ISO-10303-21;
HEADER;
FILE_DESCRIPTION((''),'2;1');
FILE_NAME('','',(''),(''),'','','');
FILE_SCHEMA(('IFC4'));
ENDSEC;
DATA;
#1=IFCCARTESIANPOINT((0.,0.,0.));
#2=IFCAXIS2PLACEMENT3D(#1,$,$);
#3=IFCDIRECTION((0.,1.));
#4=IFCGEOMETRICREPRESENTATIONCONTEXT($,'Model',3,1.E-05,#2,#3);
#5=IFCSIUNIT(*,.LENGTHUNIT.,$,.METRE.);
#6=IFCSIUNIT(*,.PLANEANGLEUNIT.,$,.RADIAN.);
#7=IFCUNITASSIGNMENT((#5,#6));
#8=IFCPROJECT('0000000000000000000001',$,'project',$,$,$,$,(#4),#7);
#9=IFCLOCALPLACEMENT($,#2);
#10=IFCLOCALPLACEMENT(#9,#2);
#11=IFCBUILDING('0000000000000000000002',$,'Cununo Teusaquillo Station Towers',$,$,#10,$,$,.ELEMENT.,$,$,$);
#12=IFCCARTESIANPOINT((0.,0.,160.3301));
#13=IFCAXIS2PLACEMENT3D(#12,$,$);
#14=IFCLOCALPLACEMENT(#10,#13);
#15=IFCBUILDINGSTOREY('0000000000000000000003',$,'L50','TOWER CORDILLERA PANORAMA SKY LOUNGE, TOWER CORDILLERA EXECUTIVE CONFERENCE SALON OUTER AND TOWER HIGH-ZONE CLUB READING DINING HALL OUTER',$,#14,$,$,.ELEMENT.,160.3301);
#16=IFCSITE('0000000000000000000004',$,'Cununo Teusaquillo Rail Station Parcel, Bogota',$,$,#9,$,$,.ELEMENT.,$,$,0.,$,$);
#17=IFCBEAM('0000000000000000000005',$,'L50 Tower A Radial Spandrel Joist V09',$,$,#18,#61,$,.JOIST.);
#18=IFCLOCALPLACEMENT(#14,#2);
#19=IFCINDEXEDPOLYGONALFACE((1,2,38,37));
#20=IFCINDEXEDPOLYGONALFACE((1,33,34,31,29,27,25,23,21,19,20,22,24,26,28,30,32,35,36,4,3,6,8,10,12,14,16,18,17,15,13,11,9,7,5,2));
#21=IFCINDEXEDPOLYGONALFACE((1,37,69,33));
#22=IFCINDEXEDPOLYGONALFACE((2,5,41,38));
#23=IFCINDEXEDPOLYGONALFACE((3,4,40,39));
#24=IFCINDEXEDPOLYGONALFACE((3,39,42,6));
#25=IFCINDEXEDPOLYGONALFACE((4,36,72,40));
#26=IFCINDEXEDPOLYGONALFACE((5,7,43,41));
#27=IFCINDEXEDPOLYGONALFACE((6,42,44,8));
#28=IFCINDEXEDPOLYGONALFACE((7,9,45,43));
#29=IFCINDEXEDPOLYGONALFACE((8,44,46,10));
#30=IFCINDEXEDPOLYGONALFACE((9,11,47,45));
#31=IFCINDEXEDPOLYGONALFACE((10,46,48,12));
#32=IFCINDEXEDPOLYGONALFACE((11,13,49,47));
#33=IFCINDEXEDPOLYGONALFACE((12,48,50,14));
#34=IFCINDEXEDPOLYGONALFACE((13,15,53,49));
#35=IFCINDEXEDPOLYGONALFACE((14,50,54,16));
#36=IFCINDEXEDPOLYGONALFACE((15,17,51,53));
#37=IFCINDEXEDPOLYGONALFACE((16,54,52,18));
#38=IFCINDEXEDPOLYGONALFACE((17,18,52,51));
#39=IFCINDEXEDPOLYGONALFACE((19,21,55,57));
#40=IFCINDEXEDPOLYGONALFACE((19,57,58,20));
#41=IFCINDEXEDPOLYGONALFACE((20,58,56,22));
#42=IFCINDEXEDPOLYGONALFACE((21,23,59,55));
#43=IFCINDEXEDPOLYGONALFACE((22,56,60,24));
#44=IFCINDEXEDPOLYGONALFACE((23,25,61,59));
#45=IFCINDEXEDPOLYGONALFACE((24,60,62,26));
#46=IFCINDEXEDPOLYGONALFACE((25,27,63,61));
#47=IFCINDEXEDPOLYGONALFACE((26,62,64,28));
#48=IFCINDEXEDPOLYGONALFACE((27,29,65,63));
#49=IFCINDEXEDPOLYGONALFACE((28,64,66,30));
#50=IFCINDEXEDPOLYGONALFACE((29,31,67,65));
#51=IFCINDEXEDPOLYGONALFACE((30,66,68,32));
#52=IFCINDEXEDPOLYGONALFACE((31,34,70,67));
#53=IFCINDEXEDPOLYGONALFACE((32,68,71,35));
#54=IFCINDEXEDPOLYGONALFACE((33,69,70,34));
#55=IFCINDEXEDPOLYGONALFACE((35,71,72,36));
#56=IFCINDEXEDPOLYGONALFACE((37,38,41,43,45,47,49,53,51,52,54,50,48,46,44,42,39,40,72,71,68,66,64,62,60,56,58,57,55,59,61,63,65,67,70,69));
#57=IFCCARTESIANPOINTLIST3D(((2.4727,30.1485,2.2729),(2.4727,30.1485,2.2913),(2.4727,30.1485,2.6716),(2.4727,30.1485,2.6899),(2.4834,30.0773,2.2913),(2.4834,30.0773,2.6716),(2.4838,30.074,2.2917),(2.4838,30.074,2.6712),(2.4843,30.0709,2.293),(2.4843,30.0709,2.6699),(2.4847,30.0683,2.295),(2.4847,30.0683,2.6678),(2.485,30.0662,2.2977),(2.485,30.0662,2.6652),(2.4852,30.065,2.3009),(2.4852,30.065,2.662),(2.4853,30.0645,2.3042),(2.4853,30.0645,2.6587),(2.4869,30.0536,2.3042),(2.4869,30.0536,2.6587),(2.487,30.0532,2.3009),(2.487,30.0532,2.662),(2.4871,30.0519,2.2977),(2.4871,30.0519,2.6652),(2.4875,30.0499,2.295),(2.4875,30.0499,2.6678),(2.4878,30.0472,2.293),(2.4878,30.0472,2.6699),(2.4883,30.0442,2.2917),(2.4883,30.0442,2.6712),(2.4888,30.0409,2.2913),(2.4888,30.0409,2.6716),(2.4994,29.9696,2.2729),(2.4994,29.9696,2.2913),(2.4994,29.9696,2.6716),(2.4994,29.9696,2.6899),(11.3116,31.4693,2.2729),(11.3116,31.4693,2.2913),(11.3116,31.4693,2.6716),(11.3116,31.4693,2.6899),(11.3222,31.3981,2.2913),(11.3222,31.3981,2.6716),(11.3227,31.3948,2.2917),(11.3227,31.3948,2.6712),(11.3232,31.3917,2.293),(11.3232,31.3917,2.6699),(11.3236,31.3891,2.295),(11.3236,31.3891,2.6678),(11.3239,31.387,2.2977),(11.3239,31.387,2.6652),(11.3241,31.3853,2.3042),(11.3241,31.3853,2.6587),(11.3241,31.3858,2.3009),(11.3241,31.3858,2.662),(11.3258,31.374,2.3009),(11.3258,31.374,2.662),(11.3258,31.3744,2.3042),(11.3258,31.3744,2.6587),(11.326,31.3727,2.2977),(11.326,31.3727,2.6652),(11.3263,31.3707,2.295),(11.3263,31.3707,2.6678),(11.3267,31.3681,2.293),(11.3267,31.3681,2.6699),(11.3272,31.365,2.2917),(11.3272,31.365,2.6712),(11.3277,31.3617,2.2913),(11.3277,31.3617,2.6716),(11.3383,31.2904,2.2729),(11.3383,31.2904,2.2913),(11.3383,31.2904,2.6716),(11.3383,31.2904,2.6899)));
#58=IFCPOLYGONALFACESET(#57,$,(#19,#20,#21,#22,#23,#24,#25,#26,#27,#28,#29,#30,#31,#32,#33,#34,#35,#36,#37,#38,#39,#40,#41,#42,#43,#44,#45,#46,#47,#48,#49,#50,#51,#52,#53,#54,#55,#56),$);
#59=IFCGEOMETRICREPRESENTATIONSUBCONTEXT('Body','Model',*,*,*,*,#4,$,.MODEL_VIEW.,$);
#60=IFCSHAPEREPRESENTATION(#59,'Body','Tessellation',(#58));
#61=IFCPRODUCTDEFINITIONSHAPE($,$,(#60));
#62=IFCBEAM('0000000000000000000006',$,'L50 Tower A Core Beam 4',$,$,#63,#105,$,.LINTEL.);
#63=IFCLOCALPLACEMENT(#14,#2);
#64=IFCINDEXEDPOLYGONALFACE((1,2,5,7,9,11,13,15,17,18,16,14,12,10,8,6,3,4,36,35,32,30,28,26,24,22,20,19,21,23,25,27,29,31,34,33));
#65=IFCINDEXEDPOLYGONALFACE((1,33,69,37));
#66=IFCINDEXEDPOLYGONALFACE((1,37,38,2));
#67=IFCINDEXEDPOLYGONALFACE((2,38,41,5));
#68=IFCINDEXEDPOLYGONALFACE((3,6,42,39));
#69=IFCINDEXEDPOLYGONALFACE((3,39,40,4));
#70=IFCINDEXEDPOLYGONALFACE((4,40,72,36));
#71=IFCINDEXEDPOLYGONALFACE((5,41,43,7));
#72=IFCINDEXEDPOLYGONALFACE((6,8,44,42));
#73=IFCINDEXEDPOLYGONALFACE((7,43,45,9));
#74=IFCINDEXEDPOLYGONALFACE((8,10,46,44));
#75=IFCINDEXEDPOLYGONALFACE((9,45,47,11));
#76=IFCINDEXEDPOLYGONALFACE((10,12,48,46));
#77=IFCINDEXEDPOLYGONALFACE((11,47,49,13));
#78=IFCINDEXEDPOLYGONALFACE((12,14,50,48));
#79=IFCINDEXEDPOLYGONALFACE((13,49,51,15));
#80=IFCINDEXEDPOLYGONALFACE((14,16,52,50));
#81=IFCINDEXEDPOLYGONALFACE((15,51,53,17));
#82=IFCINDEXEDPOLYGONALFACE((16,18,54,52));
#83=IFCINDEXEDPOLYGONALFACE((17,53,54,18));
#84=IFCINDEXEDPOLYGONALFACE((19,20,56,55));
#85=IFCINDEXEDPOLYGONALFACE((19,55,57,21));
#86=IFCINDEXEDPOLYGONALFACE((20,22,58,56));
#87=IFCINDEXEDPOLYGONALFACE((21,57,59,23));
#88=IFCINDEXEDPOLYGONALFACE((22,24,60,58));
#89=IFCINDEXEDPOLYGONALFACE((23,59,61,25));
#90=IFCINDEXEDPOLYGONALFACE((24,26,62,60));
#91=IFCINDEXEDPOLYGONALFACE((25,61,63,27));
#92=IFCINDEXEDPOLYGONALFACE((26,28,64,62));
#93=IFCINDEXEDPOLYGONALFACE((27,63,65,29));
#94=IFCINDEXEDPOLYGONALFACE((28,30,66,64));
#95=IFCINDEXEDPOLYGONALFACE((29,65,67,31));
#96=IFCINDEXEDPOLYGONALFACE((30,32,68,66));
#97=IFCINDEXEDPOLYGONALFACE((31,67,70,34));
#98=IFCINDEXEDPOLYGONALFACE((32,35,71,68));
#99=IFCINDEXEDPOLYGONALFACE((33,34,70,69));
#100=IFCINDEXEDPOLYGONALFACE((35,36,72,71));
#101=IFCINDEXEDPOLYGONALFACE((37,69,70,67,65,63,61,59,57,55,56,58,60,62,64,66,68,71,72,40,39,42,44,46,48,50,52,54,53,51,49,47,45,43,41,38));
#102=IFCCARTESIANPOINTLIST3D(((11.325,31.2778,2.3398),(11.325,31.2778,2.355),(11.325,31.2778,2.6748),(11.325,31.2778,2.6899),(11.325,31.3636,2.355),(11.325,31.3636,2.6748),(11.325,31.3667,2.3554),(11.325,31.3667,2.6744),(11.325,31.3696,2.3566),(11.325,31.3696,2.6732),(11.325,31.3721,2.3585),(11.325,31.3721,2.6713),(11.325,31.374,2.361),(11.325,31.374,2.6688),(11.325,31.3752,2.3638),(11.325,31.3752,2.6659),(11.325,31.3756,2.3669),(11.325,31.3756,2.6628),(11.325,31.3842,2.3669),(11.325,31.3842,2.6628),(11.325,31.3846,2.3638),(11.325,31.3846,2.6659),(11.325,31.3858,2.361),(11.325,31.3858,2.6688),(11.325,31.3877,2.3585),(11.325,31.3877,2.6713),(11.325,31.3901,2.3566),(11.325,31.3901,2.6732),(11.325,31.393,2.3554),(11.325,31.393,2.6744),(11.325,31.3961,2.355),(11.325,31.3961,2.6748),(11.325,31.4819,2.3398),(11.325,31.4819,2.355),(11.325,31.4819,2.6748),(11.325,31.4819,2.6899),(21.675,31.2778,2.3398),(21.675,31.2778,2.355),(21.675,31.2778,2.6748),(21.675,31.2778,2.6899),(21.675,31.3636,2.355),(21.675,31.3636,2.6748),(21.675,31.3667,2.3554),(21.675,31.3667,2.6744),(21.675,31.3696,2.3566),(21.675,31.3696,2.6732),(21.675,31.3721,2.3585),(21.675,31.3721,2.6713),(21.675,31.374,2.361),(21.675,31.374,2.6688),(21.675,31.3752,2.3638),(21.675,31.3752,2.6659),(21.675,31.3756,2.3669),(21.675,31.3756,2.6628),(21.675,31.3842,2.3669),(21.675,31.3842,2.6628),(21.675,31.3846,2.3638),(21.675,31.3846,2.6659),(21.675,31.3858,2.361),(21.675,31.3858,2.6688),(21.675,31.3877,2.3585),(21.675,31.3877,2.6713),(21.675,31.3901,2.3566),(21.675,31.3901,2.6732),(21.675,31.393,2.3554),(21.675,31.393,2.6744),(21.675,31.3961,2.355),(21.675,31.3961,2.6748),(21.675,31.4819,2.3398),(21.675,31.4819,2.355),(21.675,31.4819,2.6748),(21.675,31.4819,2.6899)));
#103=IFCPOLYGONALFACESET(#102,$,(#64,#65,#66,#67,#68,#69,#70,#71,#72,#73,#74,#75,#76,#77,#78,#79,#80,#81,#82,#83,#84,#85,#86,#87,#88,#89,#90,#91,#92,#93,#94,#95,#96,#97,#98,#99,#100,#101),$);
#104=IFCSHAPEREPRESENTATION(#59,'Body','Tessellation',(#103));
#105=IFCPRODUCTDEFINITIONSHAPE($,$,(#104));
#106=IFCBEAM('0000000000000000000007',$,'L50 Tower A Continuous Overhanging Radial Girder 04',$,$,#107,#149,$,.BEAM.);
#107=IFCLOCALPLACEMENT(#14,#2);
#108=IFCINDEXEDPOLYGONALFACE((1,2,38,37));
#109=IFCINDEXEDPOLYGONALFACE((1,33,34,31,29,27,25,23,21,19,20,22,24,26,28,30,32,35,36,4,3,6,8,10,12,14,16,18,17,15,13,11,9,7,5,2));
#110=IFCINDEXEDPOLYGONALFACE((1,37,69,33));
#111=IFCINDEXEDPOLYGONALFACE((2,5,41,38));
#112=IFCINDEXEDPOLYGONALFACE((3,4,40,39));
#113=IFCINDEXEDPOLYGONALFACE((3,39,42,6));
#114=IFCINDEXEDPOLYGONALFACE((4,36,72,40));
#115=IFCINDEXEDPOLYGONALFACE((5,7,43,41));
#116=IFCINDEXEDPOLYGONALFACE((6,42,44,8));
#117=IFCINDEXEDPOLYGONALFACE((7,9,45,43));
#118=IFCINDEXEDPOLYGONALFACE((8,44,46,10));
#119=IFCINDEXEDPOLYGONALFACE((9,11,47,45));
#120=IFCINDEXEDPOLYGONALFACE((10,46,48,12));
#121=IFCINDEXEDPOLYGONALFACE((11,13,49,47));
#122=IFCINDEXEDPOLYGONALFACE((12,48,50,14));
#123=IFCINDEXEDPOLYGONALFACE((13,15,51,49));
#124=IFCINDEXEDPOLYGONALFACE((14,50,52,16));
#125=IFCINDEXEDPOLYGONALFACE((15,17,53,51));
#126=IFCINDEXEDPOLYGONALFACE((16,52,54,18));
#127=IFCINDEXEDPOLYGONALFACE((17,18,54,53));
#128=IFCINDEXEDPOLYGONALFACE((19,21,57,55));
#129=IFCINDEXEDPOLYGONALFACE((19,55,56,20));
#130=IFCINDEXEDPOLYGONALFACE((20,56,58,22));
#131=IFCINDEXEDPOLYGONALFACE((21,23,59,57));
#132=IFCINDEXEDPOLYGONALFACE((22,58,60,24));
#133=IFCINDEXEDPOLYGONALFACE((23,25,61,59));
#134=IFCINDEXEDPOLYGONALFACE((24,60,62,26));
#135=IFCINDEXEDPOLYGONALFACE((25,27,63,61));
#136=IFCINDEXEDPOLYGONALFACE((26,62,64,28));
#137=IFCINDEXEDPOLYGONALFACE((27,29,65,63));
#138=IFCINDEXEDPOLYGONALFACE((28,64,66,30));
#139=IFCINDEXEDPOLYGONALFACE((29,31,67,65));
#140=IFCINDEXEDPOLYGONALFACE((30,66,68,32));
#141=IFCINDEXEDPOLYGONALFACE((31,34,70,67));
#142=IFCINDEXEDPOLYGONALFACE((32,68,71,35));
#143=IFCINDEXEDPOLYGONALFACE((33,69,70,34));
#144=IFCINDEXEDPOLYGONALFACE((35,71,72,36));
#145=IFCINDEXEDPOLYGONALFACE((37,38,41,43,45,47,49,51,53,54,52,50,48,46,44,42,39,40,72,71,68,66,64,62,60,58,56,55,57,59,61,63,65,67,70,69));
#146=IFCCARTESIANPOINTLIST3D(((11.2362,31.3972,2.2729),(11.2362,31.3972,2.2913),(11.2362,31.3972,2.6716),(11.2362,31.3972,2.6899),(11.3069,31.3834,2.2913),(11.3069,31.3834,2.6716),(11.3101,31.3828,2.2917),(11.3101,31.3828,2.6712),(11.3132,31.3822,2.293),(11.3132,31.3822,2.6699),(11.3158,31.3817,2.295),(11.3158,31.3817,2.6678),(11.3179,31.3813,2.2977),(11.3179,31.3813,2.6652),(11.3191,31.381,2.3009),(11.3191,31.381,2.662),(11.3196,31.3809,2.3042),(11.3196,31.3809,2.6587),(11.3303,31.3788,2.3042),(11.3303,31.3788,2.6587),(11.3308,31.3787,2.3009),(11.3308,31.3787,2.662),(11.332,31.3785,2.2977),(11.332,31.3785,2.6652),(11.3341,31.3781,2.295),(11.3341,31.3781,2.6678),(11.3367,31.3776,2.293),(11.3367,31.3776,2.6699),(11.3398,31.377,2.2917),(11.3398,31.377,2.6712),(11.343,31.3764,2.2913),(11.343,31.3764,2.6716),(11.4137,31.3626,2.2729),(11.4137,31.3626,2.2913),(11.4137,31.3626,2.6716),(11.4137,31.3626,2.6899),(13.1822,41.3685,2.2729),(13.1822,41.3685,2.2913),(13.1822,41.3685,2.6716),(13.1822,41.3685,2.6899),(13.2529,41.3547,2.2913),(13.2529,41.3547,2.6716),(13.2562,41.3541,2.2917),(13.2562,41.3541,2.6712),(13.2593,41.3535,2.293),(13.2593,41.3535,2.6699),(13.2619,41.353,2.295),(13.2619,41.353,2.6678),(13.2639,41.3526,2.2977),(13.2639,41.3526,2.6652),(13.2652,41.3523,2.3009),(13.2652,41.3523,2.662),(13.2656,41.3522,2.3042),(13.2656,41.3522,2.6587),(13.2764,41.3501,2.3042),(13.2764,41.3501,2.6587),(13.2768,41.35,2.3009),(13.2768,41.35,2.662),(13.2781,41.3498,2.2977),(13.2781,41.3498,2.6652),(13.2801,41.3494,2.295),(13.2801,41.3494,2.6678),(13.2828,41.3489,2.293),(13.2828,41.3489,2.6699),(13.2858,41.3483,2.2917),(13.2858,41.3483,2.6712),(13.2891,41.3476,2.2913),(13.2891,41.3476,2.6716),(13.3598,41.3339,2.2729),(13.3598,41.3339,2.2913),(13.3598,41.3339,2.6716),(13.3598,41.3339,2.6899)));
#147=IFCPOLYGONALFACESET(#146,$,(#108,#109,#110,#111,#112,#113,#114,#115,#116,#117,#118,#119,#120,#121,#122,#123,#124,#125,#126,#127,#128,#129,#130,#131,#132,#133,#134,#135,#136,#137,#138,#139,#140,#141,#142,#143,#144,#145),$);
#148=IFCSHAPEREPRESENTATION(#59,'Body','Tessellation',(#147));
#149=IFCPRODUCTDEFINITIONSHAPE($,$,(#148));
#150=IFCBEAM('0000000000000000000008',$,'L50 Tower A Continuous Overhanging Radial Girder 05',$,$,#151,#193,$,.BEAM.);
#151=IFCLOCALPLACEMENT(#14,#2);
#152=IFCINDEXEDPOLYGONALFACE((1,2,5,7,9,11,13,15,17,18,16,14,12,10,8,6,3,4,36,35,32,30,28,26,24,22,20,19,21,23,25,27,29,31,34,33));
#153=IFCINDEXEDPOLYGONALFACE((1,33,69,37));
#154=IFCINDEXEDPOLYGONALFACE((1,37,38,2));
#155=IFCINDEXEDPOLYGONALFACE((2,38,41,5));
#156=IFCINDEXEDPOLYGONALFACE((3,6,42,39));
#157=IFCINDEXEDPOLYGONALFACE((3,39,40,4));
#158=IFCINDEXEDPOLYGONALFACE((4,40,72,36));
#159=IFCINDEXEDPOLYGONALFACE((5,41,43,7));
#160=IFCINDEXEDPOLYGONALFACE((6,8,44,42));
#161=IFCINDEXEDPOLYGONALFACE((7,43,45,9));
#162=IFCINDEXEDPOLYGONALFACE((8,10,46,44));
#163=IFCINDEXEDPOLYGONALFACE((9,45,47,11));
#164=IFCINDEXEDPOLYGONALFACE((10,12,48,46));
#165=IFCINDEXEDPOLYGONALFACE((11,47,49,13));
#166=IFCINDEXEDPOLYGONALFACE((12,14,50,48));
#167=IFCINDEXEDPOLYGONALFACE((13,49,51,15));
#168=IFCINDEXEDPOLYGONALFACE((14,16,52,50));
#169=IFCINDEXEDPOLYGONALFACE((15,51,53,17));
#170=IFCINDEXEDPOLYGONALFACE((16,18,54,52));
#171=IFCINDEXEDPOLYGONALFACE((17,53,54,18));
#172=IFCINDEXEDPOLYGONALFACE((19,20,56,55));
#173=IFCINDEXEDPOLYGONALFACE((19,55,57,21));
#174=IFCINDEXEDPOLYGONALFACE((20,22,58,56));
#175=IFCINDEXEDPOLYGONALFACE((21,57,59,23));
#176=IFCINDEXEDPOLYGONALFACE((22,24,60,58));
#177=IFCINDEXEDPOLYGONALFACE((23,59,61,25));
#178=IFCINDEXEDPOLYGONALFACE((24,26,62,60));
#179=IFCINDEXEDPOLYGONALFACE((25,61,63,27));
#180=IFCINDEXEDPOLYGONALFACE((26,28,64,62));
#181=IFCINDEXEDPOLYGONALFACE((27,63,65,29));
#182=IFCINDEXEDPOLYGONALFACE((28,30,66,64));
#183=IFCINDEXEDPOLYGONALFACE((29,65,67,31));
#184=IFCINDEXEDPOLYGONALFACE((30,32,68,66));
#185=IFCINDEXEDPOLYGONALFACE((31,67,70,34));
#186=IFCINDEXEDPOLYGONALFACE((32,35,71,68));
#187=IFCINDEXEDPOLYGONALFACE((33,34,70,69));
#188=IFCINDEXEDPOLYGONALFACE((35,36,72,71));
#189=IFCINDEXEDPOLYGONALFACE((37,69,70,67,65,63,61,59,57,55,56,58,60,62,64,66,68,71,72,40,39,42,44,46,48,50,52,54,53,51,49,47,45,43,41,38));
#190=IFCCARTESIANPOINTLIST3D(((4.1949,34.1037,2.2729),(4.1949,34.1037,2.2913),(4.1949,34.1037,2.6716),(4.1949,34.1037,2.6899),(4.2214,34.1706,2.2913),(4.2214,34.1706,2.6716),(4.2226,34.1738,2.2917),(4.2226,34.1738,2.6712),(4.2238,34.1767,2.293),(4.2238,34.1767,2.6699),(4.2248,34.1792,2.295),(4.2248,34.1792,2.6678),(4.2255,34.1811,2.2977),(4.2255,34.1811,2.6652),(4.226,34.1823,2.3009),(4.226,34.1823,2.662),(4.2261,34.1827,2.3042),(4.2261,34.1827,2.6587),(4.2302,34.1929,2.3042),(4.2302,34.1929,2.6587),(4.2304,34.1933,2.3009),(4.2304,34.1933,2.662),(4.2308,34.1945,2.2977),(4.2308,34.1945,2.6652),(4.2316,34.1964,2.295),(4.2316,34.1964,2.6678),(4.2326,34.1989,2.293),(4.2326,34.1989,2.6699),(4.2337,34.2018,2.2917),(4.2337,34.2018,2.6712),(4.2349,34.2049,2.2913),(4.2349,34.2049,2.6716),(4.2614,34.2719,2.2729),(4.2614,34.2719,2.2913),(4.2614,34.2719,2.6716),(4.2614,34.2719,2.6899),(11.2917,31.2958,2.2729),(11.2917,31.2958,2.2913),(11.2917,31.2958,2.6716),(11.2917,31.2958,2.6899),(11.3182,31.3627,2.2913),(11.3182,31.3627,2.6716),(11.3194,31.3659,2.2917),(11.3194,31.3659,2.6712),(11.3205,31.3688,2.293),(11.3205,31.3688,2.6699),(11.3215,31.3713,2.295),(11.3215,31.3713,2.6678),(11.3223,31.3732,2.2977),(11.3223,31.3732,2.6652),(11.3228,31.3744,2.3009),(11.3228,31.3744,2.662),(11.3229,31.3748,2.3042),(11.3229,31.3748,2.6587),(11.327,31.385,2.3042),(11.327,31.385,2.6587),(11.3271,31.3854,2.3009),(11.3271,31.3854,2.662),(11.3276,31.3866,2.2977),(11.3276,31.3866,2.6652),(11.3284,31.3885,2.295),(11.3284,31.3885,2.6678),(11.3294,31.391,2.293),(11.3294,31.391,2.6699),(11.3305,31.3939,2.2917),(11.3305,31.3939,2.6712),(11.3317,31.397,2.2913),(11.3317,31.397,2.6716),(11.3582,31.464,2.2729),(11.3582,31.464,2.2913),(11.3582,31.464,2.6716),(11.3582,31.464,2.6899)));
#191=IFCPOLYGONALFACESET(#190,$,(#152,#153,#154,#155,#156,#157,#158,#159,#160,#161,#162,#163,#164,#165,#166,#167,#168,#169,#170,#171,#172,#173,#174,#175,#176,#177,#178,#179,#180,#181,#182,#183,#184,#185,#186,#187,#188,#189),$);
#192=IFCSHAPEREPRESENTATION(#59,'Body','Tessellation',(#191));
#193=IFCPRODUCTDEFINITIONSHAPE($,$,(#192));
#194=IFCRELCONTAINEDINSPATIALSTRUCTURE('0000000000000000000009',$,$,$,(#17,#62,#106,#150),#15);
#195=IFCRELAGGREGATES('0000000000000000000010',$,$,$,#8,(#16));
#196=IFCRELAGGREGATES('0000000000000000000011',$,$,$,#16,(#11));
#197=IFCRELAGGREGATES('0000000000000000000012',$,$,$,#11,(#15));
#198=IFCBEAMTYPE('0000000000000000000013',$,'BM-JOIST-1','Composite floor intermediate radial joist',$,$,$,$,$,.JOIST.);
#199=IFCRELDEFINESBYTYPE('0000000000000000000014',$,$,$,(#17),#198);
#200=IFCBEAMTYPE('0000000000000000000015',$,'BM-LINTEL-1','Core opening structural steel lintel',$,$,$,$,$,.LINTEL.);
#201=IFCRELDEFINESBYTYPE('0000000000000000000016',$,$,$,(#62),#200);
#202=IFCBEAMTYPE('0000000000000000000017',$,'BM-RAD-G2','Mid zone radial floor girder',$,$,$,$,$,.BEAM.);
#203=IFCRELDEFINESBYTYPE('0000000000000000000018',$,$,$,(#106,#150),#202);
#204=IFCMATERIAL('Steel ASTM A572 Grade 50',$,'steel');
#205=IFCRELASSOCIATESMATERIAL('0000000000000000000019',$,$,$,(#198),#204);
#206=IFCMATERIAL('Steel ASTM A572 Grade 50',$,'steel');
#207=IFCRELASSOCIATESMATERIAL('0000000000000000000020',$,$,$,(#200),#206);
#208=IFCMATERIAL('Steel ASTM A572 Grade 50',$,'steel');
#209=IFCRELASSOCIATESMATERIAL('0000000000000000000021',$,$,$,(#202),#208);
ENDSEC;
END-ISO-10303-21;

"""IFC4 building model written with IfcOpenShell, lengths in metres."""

from ifc_helpers import new_model, si_unit, direction, frame, origin, origin_2d, place, context, subcontext, project, spatial, i_section, extrude, material, material_profile, profile_set, type_object, element, save


model = new_model("IFC4")

# Units and contexts
model_context = context("Model", 3, precision=1e-05, world=origin(), true_north=direction((0.0, 1.0)))
body_context = subcontext(model_context, "Body", "Model", "MODEL_VIEW")
ifc_project = project(units=[si_unit("LENGTHUNIT", "METRE"), si_unit("PLANEANGLEUNIT", "RADIAN")], contexts=[model_context])

# Site, building, storey
site_placement = place(None, origin())
site = spatial("IfcSite", under=ifc_project, at=site_placement, Name="Cununo Teusaquillo Rail Station Parcel, Bogota", CompositionType="ELEMENT", RefElevation=0.0)
building_placement = place(site_placement, origin())
building = spatial("IfcBuilding", under=site, at=building_placement, Name="Cununo Teusaquillo Station Towers", CompositionType="ELEMENT")
storey_placement = place(building_placement, frame((0.0, 0.0, 160.3301)))
storey = spatial("IfcBuildingStorey", under=building, at=storey_placement, Name="L50", Description="TOWER CORDILLERA PANORAMA SKY LOUNGE, TOWER CORDILLERA EXECUTIVE CONFERENCE SALON OUTER AND TOWER HIGH-ZONE CLUB READING DINING HALL OUTER", CompositionType="ELEMENT", Elevation=160.3301)

# Beams
ifc_material_1 = material(Name="Steel ASTM A572 Grade 50", Category="steel")
ifc_material_profile_1 = material_profile(ifc_material_1, i_section(OverallWidth=0.1809, OverallDepth=0.417, WebThickness=0.011, FlangeThickness=0.0183, FilletRadius=0.0129, at=origin_2d()), Name="W16X57")
ifc_profile_set_1 = profile_set([ifc_material_profile_1], Name="Steel ASTM A572 Grade 50")
beam_type_1 = type_object("IfcBeamType", Name="BM-JOIST-1", Description="Composite floor intermediate radial joist", PredefinedType="JOIST", material=ifc_profile_set_1)
beam_1_placement = place(storey_placement, frame((11.325, 31.3799, 2.4814), z_axis=(-0.989019, -0.14779, 0.0), x_axis=(0.14779, -0.989019, 0.0)))
element("IfcBeam", 1, at=beam_1_placement, inside=storey, type_object=beam_type_1, Name="L50 Tower A Radial Spandrel Joist V09", PredefinedType="JOIST", context=body_context, shape_type="SweptSolid", body=[
    extrude(i_section(OverallWidth=0.1809, OverallDepth=0.417, WebThickness=0.011, FlangeThickness=0.0183, FilletRadius=0.0129, at=origin_2d()), origin(), (0.0, 0.0, 1.0), 8.937),
])
ifc_material_2 = material(Name="Steel ASTM A572 Grade 50", Category="steel")
ifc_material_profile_2 = material_profile(ifc_material_2, i_section(OverallWidth=0.2041, OverallDepth=0.3501, WebThickness=0.0085, FlangeThickness=0.0151, FilletRadius=0.012, at=origin_2d()), Name="W14X48")
ifc_profile_set_2 = profile_set([ifc_material_profile_2], Name="Steel ASTM A572 Grade 50")
beam_type_2 = type_object("IfcBeamType", Name="BM-LINTEL-1", Description="Core opening structural steel lintel", PredefinedType="LINTEL", material=ifc_profile_set_2)
beam_2_placement = place(storey_placement, frame((11.325, 31.3799, 2.5149), z_axis=(1.0, 0.0, 0.0), x_axis=(0.0, 1.0, 0.0)))
element("IfcBeam", 2, at=beam_2_placement, inside=storey, type_object=beam_type_2, Name="L50 Tower A Core Beam 4", PredefinedType="LINTEL", context=body_context, shape_type="SweptSolid", body=[
    extrude(i_section(OverallWidth=0.2041, OverallDepth=0.3501, WebThickness=0.0085, FlangeThickness=0.0151, FilletRadius=0.012, at=origin_2d()), origin(), (0.0, 0.0, 1.0), 10.3501),
])
ifc_material_3 = material(Name="Steel ASTM A572 Grade 50", Category="steel")
ifc_material_profile_3 = material_profile(ifc_material_3, i_section(OverallWidth=0.1809, OverallDepth=0.417, WebThickness=0.011, FlangeThickness=0.0183, FilletRadius=0.0129, at=origin_2d()), Name="W16X57")
ifc_profile_set_3 = profile_set([ifc_material_profile_3], Name="Steel ASTM A572 Grade 50")
beam_type_3 = type_object("IfcBeamType", Name="BM-RAD-G2", Description="Mid zone radial floor girder", PredefinedType="BEAM", material=ifc_profile_set_3)
beam_3_placement = place(storey_placement, frame((11.325, 31.3799, 2.4814), z_axis=(0.191553, 0.981482, 0.0), x_axis=(-0.981482, 0.191553, 0.0)))
element("IfcBeam", 3, at=beam_3_placement, inside=storey, type_object=beam_type_3, Name="L50 Tower A Continuous Overhanging Radial Girder 04", PredefinedType="BEAM", context=body_context, shape_type="SweptSolid", body=[
    extrude(i_section(OverallWidth=0.1809, OverallDepth=0.417, WebThickness=0.011, FlangeThickness=0.0183, FilletRadius=0.0129, at=origin_2d()), origin(), (0.0, 0.0, 1.0), 10.1594),
])
beam_4_placement = place(storey_placement, frame((11.325, 31.3799, 2.4814), z_axis=(-0.929862, 0.367908, 0.0), x_axis=(-0.367908, -0.929862, 0.0)))
element("IfcBeam", 4, at=beam_4_placement, inside=storey, type_object=beam_type_3, Name="L50 Tower A Continuous Overhanging Radial Girder 05", PredefinedType="BEAM", context=body_context, shape_type="SweptSolid", body=[
    extrude(i_section(OverallWidth=0.1809, OverallDepth=0.417, WebThickness=0.011, FlangeThickness=0.0183, FilletRadius=0.0129, at=origin_2d()), origin(), (0.0, 0.0, 1.0), 7.6321),
])

save(model, "model.ifc")
